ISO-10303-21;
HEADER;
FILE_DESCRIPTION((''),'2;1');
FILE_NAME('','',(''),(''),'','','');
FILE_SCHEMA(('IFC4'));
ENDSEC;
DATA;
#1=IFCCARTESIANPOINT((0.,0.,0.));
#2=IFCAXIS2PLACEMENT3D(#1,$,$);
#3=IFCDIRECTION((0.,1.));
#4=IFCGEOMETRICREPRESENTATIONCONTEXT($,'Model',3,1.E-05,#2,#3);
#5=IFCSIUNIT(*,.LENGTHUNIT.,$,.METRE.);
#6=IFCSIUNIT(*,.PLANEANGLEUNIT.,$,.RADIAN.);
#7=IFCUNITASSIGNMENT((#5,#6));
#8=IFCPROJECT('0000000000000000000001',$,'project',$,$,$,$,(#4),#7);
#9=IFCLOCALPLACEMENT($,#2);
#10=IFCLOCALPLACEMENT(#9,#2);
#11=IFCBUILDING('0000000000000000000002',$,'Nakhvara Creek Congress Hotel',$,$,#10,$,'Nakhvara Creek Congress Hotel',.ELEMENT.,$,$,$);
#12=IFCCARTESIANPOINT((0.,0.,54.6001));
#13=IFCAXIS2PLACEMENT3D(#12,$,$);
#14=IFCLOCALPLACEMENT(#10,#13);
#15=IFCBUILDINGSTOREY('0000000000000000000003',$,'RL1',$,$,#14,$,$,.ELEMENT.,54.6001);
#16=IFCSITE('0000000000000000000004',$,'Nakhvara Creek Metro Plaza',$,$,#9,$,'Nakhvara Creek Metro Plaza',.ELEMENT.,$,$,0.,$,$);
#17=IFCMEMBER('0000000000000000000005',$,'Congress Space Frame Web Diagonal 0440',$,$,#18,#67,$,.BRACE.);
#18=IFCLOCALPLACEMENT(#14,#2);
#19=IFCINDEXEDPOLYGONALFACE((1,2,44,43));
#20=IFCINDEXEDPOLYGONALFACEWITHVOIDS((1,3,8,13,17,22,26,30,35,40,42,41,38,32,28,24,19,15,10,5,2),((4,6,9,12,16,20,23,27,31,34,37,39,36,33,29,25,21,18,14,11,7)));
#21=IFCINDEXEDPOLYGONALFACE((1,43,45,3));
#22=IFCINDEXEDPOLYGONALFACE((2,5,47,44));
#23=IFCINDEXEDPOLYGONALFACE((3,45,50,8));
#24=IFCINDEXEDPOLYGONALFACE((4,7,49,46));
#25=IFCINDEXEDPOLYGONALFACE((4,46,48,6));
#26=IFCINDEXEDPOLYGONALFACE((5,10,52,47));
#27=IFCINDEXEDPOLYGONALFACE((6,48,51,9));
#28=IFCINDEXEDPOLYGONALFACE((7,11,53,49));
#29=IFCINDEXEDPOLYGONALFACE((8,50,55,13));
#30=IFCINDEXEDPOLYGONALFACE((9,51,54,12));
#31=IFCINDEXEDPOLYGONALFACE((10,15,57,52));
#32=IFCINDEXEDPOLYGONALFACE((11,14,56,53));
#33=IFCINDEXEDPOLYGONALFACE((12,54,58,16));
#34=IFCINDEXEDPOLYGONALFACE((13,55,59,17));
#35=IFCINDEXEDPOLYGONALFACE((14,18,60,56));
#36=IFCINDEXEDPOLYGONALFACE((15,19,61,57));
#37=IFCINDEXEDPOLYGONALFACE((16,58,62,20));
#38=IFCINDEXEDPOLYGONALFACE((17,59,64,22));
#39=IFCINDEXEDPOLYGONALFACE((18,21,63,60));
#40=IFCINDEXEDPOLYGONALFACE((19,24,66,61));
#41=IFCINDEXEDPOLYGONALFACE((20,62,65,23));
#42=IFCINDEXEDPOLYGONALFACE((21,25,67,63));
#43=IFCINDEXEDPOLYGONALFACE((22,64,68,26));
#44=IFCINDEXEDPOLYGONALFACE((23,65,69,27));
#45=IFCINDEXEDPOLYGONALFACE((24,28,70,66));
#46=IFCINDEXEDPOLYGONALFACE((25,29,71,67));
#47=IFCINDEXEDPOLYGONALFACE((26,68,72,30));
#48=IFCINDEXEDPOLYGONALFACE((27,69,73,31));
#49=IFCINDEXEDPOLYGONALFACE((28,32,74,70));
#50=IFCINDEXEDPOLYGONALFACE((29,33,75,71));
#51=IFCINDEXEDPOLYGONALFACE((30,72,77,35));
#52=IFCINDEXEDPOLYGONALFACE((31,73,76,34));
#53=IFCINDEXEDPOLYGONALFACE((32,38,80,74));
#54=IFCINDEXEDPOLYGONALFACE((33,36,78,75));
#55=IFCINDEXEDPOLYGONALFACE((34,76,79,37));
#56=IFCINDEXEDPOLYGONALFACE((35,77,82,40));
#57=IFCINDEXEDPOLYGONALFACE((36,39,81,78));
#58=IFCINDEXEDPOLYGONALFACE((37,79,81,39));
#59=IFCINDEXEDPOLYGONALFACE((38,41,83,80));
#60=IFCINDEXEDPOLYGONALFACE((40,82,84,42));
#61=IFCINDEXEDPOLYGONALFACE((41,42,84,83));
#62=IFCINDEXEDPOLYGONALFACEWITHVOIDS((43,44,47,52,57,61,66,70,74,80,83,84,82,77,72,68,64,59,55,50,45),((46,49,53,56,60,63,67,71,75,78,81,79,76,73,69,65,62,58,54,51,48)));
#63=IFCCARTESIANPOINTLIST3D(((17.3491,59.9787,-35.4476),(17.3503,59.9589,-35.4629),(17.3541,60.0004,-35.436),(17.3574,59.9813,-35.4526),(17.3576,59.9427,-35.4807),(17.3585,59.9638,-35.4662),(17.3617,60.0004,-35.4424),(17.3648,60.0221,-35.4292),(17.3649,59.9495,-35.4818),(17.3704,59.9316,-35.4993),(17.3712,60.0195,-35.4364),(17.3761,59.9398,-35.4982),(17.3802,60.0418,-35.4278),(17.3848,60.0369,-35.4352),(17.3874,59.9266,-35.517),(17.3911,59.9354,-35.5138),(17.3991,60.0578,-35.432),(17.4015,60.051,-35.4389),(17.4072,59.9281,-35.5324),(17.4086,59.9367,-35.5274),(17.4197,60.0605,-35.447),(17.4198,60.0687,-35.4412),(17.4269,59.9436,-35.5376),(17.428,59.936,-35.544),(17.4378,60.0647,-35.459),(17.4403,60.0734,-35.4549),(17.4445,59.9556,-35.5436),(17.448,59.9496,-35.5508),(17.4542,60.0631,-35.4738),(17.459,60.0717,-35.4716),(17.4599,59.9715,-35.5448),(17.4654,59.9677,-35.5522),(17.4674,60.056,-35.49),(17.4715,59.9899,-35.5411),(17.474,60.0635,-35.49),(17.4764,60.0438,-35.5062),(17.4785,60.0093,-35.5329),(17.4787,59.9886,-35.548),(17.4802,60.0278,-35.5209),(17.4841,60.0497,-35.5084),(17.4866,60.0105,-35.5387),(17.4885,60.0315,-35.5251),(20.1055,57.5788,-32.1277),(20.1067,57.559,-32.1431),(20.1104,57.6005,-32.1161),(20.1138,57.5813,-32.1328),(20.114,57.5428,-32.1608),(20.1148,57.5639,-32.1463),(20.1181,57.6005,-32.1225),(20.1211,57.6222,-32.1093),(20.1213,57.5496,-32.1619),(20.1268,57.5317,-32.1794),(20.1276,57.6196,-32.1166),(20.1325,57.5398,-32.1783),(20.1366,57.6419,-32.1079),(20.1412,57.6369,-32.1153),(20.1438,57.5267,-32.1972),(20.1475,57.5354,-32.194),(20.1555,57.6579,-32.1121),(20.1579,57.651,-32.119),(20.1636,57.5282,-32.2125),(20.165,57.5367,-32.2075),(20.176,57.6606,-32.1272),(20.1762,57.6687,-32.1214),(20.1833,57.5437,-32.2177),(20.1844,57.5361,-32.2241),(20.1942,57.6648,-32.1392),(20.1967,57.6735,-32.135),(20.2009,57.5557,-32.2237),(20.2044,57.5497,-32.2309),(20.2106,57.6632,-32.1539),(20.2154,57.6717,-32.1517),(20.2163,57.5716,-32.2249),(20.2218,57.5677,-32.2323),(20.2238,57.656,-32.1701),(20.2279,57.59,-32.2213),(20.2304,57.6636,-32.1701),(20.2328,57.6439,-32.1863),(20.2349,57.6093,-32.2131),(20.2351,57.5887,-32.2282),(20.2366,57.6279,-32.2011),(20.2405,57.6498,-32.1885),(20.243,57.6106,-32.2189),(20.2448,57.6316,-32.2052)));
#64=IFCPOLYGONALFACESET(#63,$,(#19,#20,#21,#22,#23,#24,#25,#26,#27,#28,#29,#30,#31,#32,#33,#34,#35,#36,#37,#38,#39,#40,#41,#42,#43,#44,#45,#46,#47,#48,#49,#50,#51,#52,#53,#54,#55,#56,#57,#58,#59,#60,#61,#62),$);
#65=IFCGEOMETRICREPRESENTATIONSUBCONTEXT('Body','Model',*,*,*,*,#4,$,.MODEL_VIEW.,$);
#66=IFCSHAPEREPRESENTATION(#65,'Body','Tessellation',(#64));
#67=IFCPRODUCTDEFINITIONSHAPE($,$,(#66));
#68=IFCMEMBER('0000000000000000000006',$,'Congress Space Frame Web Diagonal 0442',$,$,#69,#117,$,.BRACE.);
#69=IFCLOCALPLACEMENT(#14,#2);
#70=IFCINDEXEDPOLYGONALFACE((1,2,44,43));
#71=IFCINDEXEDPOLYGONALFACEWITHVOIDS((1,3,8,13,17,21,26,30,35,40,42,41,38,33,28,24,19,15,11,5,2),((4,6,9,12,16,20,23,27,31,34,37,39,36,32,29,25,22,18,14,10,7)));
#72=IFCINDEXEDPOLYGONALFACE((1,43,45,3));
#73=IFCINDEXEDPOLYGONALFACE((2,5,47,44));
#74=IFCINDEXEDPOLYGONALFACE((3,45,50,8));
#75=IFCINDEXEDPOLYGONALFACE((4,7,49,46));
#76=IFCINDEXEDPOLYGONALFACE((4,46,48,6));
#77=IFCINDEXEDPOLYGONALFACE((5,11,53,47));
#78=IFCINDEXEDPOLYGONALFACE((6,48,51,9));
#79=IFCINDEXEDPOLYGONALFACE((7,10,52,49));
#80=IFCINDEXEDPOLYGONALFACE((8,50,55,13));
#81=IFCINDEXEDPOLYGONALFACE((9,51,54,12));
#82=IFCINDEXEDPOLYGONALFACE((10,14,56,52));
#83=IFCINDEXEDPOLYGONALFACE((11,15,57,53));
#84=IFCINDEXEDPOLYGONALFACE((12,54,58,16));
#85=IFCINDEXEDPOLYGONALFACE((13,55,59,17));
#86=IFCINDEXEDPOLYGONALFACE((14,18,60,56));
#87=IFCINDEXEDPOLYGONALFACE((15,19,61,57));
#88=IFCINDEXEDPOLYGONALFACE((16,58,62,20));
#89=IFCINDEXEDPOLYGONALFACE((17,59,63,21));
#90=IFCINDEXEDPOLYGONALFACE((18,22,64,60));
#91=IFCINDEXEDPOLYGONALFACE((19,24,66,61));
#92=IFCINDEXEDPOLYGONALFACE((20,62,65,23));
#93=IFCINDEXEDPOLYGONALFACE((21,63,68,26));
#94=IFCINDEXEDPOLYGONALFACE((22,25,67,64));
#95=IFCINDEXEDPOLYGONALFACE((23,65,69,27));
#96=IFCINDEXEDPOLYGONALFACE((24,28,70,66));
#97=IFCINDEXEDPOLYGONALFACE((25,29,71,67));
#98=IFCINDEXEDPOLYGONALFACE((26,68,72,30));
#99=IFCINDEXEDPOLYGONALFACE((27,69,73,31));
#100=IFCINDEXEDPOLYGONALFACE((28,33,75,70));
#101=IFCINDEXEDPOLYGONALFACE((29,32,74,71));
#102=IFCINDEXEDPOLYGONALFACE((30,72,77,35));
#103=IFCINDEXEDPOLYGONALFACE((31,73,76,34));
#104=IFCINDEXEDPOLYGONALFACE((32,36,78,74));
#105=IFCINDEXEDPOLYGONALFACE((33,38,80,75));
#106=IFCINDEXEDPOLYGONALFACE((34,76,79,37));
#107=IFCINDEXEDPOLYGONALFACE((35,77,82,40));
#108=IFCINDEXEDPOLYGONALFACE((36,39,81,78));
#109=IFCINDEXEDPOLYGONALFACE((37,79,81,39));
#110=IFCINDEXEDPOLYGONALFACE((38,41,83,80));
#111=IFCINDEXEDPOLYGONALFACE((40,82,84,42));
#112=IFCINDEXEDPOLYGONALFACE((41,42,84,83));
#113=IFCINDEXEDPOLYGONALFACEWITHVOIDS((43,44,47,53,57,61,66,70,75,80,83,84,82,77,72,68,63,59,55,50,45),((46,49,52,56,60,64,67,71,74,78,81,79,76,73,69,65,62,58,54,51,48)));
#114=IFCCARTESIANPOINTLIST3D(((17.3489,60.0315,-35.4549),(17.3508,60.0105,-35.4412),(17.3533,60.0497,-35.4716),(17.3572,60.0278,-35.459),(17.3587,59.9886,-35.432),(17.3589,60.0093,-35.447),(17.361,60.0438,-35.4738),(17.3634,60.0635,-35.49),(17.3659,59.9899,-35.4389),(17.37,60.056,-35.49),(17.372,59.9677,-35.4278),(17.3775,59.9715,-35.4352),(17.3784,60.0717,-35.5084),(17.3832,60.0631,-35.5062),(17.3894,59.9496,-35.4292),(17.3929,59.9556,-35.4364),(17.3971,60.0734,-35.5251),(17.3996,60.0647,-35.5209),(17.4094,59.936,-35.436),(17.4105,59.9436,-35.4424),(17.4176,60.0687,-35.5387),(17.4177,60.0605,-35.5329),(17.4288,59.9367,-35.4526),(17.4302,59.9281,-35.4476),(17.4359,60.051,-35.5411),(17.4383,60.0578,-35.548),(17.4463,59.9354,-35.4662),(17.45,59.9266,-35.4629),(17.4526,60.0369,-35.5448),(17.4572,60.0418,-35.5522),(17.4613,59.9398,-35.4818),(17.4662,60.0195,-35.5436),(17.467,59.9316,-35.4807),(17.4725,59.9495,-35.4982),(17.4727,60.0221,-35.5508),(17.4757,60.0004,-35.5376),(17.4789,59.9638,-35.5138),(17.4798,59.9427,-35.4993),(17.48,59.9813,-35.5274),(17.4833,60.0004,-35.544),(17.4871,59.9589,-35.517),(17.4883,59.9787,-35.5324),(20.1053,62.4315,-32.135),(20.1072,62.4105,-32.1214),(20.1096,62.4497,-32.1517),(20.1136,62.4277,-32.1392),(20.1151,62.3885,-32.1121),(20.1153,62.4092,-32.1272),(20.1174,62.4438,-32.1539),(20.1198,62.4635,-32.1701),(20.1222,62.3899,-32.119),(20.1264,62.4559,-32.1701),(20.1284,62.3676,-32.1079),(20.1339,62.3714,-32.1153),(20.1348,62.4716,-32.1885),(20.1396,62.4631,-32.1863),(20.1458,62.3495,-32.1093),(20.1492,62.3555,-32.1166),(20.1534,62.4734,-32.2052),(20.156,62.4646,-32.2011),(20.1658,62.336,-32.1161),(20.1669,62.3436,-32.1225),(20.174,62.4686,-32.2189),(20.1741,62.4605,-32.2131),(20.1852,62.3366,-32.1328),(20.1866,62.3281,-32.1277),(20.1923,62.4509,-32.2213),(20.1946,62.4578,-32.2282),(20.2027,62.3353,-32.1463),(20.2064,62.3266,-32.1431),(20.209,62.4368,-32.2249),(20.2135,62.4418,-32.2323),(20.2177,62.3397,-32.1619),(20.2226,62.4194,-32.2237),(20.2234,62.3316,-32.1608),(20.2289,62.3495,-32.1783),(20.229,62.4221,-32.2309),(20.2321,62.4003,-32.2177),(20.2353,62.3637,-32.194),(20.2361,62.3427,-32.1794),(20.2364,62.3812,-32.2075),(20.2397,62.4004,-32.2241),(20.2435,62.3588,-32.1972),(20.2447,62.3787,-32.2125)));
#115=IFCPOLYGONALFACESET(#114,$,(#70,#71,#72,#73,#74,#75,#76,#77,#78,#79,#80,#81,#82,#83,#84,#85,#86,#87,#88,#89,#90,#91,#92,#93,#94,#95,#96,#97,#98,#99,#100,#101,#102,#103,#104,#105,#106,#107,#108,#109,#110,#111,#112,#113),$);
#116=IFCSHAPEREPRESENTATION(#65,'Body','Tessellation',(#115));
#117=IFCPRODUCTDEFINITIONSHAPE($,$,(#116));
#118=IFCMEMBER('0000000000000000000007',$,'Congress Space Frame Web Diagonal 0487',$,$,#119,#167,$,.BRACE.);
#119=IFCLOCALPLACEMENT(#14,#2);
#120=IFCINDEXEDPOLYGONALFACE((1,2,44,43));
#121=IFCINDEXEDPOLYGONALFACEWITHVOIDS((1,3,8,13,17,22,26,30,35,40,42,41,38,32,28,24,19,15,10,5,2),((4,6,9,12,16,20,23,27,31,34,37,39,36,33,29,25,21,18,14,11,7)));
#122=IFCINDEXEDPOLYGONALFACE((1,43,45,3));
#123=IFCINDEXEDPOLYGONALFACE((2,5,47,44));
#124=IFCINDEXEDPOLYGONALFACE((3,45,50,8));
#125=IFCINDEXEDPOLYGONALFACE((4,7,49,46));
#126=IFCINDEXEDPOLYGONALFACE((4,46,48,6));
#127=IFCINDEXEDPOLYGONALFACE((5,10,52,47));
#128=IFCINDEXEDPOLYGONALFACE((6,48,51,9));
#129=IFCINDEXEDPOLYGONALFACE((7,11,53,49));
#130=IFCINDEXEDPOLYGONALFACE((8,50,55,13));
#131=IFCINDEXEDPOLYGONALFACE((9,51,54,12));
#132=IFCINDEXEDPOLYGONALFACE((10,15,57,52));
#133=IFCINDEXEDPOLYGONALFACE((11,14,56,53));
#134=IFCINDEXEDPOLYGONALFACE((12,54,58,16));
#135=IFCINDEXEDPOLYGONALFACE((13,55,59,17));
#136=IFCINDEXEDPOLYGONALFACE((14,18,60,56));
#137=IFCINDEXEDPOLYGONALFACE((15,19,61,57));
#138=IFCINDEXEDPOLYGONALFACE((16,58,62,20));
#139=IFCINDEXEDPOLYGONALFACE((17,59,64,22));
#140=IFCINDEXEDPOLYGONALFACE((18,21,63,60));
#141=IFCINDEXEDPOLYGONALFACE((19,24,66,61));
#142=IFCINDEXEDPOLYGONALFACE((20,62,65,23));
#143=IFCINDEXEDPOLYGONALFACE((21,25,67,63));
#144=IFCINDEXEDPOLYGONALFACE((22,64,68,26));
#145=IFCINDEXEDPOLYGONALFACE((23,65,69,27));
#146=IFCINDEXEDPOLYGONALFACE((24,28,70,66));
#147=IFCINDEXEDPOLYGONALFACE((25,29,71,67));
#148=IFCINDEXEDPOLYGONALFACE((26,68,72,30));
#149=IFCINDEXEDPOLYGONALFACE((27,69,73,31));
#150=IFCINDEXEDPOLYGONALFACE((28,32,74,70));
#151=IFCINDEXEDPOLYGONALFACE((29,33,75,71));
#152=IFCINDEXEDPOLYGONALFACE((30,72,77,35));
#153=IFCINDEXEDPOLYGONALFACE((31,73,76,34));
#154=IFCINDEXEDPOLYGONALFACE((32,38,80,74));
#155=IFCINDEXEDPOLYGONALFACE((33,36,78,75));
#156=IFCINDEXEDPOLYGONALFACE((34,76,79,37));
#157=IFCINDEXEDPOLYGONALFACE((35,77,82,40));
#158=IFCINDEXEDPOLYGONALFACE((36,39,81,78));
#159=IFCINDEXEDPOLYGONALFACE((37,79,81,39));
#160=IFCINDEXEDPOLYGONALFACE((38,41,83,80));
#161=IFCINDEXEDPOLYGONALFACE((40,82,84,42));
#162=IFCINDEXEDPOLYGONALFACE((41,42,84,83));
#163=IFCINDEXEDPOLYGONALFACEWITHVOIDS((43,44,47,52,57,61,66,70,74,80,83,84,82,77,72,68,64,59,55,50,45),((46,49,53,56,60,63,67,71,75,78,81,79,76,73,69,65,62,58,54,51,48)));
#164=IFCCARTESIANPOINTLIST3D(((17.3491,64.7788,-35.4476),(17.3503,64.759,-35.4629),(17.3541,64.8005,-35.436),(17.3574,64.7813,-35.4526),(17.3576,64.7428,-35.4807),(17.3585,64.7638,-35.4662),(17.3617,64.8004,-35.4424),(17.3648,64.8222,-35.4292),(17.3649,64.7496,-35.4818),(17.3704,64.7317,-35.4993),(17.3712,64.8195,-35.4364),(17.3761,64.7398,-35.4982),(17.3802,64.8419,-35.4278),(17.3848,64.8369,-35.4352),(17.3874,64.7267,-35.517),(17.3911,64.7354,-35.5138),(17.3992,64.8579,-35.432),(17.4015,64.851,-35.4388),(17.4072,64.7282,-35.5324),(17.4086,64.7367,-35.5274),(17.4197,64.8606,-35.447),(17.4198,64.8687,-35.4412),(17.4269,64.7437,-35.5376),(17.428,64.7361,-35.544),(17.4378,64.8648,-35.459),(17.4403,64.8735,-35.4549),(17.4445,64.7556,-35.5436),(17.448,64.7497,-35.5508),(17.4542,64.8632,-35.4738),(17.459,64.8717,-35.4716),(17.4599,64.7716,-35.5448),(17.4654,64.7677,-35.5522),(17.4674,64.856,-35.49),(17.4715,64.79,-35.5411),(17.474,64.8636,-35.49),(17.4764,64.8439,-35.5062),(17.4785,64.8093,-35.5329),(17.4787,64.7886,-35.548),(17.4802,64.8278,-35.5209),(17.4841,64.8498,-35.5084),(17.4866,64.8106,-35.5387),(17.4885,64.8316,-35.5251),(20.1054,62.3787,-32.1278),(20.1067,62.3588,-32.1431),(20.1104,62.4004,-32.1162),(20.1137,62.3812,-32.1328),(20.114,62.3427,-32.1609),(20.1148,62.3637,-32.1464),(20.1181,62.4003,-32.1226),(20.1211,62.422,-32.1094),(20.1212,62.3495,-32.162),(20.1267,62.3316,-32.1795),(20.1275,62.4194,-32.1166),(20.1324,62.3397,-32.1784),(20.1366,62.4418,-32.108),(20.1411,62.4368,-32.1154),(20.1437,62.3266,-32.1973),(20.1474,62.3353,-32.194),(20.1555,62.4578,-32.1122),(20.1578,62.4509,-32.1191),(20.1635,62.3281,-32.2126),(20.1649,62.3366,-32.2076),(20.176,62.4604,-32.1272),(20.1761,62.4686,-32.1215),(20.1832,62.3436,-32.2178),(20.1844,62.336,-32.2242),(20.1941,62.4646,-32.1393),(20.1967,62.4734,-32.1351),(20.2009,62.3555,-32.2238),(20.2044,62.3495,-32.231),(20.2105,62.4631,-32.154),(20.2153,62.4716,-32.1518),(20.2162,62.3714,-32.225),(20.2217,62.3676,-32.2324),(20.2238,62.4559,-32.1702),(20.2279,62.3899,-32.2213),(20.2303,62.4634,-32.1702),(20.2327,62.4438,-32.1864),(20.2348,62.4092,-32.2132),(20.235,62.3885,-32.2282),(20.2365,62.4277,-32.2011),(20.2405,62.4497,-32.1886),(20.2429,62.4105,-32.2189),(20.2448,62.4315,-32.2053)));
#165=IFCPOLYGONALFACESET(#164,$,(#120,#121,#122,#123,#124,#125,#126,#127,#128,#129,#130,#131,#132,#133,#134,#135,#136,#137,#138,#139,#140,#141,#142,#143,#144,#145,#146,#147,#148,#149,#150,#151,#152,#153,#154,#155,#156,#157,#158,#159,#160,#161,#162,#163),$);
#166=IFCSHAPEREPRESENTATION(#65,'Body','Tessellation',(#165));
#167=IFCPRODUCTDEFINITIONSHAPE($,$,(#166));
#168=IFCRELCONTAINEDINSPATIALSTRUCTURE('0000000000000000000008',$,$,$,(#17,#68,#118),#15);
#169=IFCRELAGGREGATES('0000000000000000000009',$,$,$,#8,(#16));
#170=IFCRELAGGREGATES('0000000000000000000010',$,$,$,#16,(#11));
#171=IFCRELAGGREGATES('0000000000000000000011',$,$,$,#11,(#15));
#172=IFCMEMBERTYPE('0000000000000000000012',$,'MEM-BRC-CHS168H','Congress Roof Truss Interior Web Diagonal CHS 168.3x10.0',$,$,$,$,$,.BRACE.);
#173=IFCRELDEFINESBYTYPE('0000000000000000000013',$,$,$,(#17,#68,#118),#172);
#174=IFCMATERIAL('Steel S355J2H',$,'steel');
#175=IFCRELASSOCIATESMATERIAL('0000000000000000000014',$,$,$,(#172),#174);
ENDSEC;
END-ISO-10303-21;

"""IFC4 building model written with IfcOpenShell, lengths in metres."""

from ifc_helpers import new_model, si_unit, direction, frame, origin, origin_2d, place, context, subcontext, project, spatial, hollow_circle, extrude, material, material_profile, profile_set, type_object, element, save


model = new_model("IFC4")

# Units and contexts
model_context = context("Model", 3, precision=1e-05, world=origin(), true_north=direction((0.0, 1.0)))
body_context = subcontext(model_context, "Body", "Model", "MODEL_VIEW")
ifc_project = project(units=[si_unit("LENGTHUNIT", "METRE"), si_unit("PLANEANGLEUNIT", "RADIAN")], contexts=[model_context])

# Site, building, storey
site_placement = place(None, origin())
site = spatial("IfcSite", under=ifc_project, at=site_placement, Name="Nakhvara Creek Metro Plaza", LongName="Nakhvara Creek Metro Plaza", CompositionType="ELEMENT", RefElevation=0.0)
building_placement = place(site_placement, origin())
building = spatial("IfcBuilding", under=site, at=building_placement, Name="Nakhvara Creek Congress Hotel", LongName="Nakhvara Creek Congress Hotel", CompositionType="ELEMENT")
storey_placement = place(building_placement, frame((0.0, 0.0, 54.6001)))
storey = spatial("IfcBuildingStorey", under=building, at=storey_placement, Name="RL1", CompositionType="ELEMENT", Elevation=54.6001)

# Members
ifc_material_1 = material(Name="Steel S355J2H", Category="steel")
ifc_material_profile_1 = material_profile(ifc_material_1, hollow_circle(Radius=0.0842, WallThickness=0.01, at=origin_2d()), Name="CHS 168.3x10.0", Category="LoadBearing")
ifc_profile_set_1 = profile_set([ifc_material_profile_1], Name="Steel S355J2H")
member_type_1 = type_object("IfcMemberType", Name="MEM-BRC-CHS168H", Description="Congress Roof Truss Interior Web Diagonal CHS 168.3x10.0", PredefinedType="BRACE", material=ifc_profile_set_1)
for number, where, z_axis, x_axis, name in (
    (1, (17.4187, 60.0, -35.49), (0.558256, -0.486063, 0.672379), (0.656658, 0.754188, 0.0), "Congress Space Frame Web Diagonal 0440"),
    (2, (17.4187, 60.0, -35.49), (0.558256, 0.486063, 0.672379), (-0.656658, 0.754188, 0.0), "Congress Space Frame Web Diagonal 0442"),
    (3, (17.4187, 64.8, -35.49), (0.558242, -0.486101, 0.672363), (0.656696, 0.754155, 0.0), "Congress Space Frame Web Diagonal 0487"),
):
    element("IfcMember", number, at=place(storey_placement, frame(where, z_axis=z_axis, x_axis=x_axis)), inside=storey, type_object=member_type_1, Name=name, PredefinedType="BRACE", context=body_context, shape_type="SweptSolid", body=[
        extrude(hollow_circle(Radius=0.0842, WallThickness=0.01, at=origin_2d()), origin(), (0.0, 0.0, 1.0), 4.9375),
    ])

save(model, "model.ifc")
